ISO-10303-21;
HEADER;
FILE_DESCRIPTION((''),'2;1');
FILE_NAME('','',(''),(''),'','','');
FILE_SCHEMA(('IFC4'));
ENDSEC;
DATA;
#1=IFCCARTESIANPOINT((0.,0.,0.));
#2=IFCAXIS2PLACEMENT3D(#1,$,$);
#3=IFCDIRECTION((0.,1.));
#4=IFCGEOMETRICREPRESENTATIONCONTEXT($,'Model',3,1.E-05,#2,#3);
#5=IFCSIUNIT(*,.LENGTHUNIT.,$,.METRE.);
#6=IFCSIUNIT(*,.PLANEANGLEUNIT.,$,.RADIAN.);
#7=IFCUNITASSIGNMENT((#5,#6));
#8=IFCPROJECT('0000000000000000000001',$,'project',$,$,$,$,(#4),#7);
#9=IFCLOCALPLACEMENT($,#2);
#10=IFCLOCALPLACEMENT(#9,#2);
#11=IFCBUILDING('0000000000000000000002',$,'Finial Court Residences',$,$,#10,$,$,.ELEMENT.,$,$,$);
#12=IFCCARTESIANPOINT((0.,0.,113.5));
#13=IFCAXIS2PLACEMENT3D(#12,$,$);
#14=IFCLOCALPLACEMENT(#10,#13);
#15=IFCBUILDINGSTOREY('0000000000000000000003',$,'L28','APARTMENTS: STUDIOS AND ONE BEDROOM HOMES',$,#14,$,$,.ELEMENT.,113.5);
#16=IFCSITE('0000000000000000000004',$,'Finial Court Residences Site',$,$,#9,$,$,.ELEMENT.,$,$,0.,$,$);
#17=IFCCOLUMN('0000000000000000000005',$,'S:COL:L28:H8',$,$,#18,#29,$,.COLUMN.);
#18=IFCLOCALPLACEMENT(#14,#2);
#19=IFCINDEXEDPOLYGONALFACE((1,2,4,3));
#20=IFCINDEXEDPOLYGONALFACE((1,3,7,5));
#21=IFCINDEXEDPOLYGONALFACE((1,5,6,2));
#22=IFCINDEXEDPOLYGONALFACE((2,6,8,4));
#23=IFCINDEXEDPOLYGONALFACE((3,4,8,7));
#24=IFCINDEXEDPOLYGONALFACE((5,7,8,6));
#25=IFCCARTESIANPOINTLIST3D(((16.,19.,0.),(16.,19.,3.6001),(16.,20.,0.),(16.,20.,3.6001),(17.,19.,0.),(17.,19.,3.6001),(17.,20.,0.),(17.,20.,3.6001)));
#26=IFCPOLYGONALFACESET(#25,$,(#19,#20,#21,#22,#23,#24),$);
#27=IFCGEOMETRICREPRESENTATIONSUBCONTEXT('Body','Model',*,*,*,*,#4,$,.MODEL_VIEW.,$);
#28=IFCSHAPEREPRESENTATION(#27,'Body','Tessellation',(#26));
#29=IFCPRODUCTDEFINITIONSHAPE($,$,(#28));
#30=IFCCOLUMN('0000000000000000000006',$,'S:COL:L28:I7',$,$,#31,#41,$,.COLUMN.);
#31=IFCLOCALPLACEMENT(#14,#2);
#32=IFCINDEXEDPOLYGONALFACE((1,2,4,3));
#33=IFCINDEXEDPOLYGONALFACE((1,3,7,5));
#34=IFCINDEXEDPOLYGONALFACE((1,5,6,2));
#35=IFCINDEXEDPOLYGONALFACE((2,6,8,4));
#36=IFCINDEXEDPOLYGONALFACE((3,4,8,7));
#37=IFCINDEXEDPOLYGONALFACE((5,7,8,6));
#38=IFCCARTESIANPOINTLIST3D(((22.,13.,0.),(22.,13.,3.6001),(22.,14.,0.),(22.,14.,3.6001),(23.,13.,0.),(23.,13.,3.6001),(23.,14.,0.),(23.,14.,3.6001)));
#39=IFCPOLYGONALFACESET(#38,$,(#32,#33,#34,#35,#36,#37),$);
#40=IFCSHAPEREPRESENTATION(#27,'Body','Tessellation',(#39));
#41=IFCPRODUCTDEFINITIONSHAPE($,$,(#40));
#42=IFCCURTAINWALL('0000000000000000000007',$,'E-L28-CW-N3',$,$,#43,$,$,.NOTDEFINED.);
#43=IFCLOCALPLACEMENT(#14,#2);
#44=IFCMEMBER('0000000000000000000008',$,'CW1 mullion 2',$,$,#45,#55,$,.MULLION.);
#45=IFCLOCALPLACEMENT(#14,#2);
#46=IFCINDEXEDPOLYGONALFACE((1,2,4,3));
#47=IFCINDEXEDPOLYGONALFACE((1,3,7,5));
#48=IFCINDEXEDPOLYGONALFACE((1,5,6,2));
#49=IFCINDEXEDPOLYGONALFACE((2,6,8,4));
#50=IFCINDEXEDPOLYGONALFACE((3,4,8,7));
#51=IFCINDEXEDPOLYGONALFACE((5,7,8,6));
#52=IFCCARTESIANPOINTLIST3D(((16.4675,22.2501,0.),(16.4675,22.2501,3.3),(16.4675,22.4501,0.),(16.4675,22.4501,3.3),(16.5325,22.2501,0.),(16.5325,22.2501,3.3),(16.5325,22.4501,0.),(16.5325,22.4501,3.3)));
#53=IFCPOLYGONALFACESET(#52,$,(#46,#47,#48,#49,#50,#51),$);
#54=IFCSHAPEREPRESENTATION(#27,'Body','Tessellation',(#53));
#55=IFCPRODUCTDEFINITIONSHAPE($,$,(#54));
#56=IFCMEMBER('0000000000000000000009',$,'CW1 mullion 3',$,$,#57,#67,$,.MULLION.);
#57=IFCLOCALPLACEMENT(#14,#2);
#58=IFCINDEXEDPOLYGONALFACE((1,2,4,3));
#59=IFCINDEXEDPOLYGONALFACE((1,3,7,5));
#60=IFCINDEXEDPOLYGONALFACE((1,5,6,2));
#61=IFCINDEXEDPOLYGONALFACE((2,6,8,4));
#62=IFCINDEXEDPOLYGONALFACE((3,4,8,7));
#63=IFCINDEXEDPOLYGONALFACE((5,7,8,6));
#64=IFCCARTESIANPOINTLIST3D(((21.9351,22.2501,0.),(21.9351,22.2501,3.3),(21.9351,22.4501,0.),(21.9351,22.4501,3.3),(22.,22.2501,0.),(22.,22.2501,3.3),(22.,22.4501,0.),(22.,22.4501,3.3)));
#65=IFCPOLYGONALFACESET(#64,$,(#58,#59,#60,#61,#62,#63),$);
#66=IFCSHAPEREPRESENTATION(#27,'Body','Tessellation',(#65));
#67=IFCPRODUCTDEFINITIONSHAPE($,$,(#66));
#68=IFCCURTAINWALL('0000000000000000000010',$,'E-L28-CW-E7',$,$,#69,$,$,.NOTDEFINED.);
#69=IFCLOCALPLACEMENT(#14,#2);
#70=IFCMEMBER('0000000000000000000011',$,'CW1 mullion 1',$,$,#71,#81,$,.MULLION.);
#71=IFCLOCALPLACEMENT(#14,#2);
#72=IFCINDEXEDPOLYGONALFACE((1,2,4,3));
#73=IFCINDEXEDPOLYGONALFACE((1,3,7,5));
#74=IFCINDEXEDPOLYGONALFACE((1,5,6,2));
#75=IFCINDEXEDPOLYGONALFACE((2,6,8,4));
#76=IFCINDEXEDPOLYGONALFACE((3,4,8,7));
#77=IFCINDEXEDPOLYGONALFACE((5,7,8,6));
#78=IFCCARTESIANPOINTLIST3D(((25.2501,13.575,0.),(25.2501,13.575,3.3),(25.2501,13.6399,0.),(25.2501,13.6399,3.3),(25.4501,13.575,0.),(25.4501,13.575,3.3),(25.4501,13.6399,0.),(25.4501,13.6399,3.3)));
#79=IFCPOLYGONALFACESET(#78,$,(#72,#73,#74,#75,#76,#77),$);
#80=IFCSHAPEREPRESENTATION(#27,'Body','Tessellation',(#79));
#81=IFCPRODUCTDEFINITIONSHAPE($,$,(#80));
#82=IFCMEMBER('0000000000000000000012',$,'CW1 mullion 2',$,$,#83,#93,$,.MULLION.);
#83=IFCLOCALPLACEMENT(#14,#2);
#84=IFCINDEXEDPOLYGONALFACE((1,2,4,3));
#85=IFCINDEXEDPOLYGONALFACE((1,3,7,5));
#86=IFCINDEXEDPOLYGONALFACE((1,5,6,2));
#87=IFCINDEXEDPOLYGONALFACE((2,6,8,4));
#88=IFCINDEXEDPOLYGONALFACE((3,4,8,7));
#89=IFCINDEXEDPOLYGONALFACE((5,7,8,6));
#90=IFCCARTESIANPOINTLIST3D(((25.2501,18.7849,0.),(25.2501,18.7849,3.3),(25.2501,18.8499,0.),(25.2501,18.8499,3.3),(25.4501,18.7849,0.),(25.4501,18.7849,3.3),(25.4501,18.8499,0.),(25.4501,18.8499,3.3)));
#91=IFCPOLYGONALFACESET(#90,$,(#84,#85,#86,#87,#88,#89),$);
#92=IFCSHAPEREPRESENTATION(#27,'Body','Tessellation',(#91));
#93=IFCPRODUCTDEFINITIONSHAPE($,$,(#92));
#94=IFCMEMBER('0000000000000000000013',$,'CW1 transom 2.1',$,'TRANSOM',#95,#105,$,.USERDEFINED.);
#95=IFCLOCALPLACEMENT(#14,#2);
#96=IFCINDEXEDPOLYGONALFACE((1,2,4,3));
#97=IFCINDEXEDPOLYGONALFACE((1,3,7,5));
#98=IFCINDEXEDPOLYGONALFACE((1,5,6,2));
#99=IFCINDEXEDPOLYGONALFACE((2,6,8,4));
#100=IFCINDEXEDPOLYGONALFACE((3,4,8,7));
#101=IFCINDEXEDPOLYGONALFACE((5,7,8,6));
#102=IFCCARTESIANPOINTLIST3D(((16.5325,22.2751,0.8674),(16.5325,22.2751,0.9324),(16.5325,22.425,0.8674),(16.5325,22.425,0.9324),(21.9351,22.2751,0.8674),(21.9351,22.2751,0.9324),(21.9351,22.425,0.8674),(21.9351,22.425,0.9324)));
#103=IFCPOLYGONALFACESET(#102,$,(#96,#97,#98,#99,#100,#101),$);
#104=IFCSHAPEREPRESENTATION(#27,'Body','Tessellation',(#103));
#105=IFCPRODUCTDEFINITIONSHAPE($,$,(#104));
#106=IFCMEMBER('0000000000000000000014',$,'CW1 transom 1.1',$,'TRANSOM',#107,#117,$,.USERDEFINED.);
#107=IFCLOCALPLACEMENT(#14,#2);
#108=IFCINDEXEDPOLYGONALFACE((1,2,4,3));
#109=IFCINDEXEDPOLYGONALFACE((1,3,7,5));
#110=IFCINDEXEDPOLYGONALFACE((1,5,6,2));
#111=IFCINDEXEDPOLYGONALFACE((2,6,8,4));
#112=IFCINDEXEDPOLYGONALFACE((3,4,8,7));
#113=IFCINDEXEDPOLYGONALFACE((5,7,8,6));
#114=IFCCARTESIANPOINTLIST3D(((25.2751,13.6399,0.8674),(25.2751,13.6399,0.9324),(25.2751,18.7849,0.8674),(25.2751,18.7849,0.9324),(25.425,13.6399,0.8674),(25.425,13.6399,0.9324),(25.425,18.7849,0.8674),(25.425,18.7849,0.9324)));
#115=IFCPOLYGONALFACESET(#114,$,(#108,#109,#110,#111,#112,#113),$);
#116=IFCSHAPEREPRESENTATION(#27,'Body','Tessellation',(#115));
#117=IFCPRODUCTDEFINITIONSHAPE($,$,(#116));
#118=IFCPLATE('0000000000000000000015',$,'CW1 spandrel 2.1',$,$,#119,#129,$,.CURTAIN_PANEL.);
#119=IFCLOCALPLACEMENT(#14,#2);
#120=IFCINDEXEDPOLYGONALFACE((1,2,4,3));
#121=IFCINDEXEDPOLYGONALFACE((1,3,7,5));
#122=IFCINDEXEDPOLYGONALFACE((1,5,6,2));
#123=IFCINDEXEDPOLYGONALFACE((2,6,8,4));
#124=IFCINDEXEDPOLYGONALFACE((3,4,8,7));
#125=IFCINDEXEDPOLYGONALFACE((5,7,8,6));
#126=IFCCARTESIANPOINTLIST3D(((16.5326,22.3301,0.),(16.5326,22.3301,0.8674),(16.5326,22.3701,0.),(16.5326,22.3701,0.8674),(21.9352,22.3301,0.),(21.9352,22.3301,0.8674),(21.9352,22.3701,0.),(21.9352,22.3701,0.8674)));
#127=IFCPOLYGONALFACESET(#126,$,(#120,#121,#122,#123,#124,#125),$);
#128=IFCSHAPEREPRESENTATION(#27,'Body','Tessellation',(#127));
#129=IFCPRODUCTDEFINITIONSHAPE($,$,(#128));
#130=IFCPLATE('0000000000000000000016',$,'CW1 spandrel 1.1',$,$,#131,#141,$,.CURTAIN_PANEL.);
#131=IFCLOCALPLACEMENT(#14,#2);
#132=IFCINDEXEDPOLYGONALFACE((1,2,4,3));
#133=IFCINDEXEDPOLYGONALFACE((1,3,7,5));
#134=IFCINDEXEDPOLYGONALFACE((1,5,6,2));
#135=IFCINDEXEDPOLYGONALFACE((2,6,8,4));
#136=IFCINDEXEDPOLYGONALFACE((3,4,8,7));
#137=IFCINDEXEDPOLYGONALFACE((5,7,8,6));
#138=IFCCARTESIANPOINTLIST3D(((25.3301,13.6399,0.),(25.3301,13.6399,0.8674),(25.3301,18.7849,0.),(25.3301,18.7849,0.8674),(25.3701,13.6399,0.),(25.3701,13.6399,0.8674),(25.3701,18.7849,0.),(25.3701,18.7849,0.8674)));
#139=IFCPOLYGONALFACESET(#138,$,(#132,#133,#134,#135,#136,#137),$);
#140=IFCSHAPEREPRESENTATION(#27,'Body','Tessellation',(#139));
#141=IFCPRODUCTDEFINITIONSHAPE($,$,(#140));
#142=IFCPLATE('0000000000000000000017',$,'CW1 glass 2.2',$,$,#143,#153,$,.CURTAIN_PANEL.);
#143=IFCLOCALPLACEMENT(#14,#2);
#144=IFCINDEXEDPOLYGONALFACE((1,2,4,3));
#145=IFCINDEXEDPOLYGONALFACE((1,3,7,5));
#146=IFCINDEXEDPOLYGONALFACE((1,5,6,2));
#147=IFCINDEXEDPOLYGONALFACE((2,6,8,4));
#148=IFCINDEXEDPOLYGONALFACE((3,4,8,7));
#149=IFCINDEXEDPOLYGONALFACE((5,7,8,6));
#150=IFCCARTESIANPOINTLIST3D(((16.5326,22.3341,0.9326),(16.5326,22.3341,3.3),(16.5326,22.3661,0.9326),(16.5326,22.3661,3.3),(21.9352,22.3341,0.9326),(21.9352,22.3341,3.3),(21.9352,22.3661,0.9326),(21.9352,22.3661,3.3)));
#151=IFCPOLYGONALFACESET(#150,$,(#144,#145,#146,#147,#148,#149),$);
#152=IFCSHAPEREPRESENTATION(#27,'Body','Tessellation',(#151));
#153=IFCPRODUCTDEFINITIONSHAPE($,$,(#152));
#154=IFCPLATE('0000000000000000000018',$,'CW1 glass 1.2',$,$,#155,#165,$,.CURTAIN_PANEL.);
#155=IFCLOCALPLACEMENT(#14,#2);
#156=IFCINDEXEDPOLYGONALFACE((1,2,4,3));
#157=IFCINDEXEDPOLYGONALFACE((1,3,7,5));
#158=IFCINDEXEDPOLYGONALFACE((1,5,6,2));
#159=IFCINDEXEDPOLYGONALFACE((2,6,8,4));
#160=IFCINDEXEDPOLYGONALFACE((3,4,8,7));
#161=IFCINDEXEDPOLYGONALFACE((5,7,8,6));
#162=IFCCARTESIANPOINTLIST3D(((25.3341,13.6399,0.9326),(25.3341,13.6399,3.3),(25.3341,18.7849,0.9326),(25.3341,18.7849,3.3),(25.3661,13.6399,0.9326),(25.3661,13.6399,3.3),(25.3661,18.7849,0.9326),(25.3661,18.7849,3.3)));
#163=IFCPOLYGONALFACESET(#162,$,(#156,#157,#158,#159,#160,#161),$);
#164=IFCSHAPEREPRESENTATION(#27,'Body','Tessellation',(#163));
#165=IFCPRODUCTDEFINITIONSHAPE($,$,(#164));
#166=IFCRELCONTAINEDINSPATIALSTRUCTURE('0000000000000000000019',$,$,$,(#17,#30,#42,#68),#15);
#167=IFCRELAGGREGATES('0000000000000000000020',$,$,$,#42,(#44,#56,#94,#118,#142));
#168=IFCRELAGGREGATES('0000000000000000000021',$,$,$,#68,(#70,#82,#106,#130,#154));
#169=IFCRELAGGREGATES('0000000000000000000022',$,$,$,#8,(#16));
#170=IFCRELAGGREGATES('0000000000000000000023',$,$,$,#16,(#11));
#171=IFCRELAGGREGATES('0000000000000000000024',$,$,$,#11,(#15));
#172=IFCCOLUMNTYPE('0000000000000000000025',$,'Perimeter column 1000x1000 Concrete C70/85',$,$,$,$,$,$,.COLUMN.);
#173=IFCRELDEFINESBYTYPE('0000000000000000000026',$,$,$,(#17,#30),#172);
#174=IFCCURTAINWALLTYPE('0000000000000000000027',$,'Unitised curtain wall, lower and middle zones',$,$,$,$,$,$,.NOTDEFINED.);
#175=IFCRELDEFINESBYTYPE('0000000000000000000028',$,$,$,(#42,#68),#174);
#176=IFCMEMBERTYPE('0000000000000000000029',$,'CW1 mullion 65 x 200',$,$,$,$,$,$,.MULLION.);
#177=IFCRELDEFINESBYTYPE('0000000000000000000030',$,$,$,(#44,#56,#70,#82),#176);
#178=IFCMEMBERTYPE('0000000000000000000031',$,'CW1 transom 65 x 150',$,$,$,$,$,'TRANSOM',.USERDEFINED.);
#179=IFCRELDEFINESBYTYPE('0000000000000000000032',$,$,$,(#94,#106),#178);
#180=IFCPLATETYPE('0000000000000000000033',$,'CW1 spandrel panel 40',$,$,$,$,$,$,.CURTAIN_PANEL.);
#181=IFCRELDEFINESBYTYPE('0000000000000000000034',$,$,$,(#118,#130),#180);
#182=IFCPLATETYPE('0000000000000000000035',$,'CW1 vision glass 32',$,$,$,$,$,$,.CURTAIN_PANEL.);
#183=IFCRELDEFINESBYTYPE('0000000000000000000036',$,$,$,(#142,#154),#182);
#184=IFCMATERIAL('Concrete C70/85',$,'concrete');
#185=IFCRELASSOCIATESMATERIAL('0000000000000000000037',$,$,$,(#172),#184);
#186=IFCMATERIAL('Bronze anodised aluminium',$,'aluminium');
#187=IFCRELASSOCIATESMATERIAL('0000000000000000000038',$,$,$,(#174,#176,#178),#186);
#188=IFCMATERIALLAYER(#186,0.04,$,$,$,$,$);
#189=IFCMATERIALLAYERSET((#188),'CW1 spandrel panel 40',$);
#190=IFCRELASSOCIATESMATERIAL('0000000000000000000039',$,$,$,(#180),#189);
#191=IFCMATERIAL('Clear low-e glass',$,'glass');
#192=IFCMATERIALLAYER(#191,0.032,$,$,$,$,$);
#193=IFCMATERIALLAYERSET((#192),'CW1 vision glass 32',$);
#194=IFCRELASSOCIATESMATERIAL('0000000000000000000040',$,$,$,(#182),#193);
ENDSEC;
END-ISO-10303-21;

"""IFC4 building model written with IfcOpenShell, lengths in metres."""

from ifc_helpers import new_model, si_unit, direction, frame, origin, origin_2d, place, context, subcontext, project, spatial, rectangle, extrude, material, layer, layer_set, material_profile, profile_set, type_object, element, aggregate, save


model = new_model("IFC4")

# Units and contexts
model_context = context("Model", 3, precision=1e-05, world=origin(), true_north=direction((0.0, 1.0)))
body_context = subcontext(model_context, "Body", "Model", "MODEL_VIEW")
ifc_project = project(units=[si_unit("LENGTHUNIT", "METRE"), si_unit("PLANEANGLEUNIT", "RADIAN")], contexts=[model_context])

# Site, building, storey
site_placement = place(None, origin())
site = spatial("IfcSite", under=ifc_project, at=site_placement, Name="Finial Court Residences Site", CompositionType="ELEMENT", RefElevation=0.0)
building_placement = place(site_placement, origin())
building = spatial("IfcBuilding", under=site, at=building_placement, Name="Finial Court Residences", CompositionType="ELEMENT")
storey_placement = place(building_placement, frame((0.0, 0.0, 113.5)))
storey = spatial("IfcBuildingStorey", under=building, at=storey_placement, Name="L28", Description="APARTMENTS: STUDIOS AND ONE BEDROOM HOMES", CompositionType="ELEMENT", Elevation=113.5)

# Columns
ifc_material_1 = material(Name="Concrete C70/85", Category="concrete")
ifc_material_profile_1 = material_profile(ifc_material_1, rectangle(XDim=1.0, YDim=1.0, at=origin_2d()), Name="1000x1000")
ifc_profile_set_1 = profile_set([ifc_material_profile_1], Name="Concrete C70/85")
column_type = type_object("IfcColumnType", Name="Perimeter column 1000x1000 Concrete C70/85", PredefinedType="COLUMN", material=ifc_profile_set_1)
for number, where, z_axis, x_axis, name in (
    (1, (16.5, 19.5, 0.0), (0.0, 0.0, 1.0), (1.0, 0.0, 0.0), "S:COL:L28:H8"),
    (2, (22.5, 13.5, 0.0), (0.0, 0.0, 1.0), (1.0, 0.0, 0.0), "S:COL:L28:I7"),
):
    element("IfcColumn", number, at=place(storey_placement, frame(where, z_axis=z_axis, x_axis=x_axis)), inside=storey, type_object=column_type, Name=name, PredefinedType="COLUMN", context=body_context, shape_type="SweptSolid", body=[
        extrude(rectangle(XDim=1.0, YDim=1.0, at=origin_2d()), origin(), (0.0, 0.0, 1.0), 3.6001),
    ])

# Curtain walls, members
ifc_material_2 = material(Name="Bronze anodised aluminium", Category="aluminium")
curtain_wall_type = type_object("IfcCurtainWallType", Name="Unitised curtain wall, lower and middle zones", PredefinedType="NOTDEFINED", material=ifc_material_2)
curtain_wall_1_placement = place(storey_placement, origin())
curtain_wall_1 = element("IfcCurtainWall", 3, at=curtain_wall_1_placement, inside=storey, type_object=curtain_wall_type, Name="E-L28-CW-N3", PredefinedType="NOTDEFINED")
ifc_material_profile_2 = material_profile(ifc_material_2, rectangle(XDim=0.2, YDim=0.0649, at=origin_2d()), Name="CW1 mullion 65 x 200")
ifc_profile_set_2 = profile_set([ifc_material_profile_2], Name="Bronze anodised aluminium")
member_type_1 = type_object("IfcMemberType", Name="CW1 mullion 65 x 200", PredefinedType="MULLION", material=ifc_profile_set_2)
member_1_placement = place(storey_placement, frame((16.5, 22.3501, 0.0), z_axis=(0.0, 0.0, 1.0), x_axis=(0.0, 1.0, 0.0)))
member_1 = element("IfcMember", 4, at=member_1_placement, type_object=member_type_1, Name="CW1 mullion 2", PredefinedType="MULLION", context=body_context, shape_type="SweptSolid", body=[
    extrude(rectangle(XDim=0.2, YDim=0.0649, at=origin_2d()), origin(), (0.0, 0.0, 1.0), 3.3),
])
member_2_placement = place(storey_placement, frame((21.9675, 22.3501, 0.0), z_axis=(0.0, 0.0, 1.0), x_axis=(0.0, 1.0, 0.0)))
member_2 = element("IfcMember", 5, at=member_2_placement, type_object=member_type_1, Name="CW1 mullion 3", PredefinedType="MULLION", context=body_context, shape_type="SweptSolid", body=[
    extrude(rectangle(XDim=0.2, YDim=0.0649, at=origin_2d()), origin(), (0.0, 0.0, 1.0), 3.3),
])
curtain_wall_2_placement = place(storey_placement, origin())
curtain_wall_2 = element("IfcCurtainWall", 6, at=curtain_wall_2_placement, inside=storey, type_object=curtain_wall_type, Name="E-L28-CW-E7", PredefinedType="NOTDEFINED")
member_3_placement = place(storey_placement, frame((25.3501, 13.6074, 0.0), z_axis=(0.0, 0.0, 1.0), x_axis=(-1.0, 0.0, 0.0)))
member_3 = element("IfcMember", 7, at=member_3_placement, type_object=member_type_1, Name="CW1 mullion 1", PredefinedType="MULLION", context=body_context, shape_type="SweptSolid", body=[
    extrude(rectangle(XDim=0.2, YDim=0.0649, at=origin_2d()), origin(), (0.0, 0.0, 1.0), 3.3),
])
member_4_placement = place(storey_placement, frame((25.3501, 18.8174, 0.0), z_axis=(0.0, 0.0, 1.0), x_axis=(-1.0, 0.0, 0.0)))
member_4 = element("IfcMember", 8, at=member_4_placement, type_object=member_type_1, Name="CW1 mullion 2", PredefinedType="MULLION", context=body_context, shape_type="SweptSolid", body=[
    extrude(rectangle(XDim=0.2, YDim=0.0649, at=origin_2d()), origin(), (0.0, 0.0, 1.0), 3.3),
])

# Members
ifc_material_profile_3 = material_profile(ifc_material_2, rectangle(XDim=0.1499, YDim=0.0649, at=origin_2d()), Name="CW1 transom 65 x 150")
ifc_profile_set_3 = profile_set([ifc_material_profile_3], Name="Bronze anodised aluminium")
member_type_2 = type_object("IfcMemberType", Name="CW1 transom 65 x 150", ElementType="TRANSOM", PredefinedType="USERDEFINED", material=ifc_profile_set_3)
member_5_placement = place(storey_placement, frame((16.5325, 22.3501, 0.8999), z_axis=(1.0, 0.0, 0.0), x_axis=(0.0, 1.0, 0.0)))
member_5 = element("IfcMember", 9, at=member_5_placement, type_object=member_type_2, Name="CW1 transom 2.1", ObjectType="TRANSOM", PredefinedType="USERDEFINED", context=body_context, shape_type="SweptSolid", body=[
    extrude(rectangle(XDim=0.1499, YDim=0.0649, at=origin_2d()), origin(), (0.0, 0.0, 1.0), 5.4026),
])
member_6_placement = place(storey_placement, frame((25.3501, 13.6399, 0.8999), z_axis=(0.0, 1.0, 0.0), x_axis=(-1.0, 0.0, 0.0)))
member_6 = element("IfcMember", 10, at=member_6_placement, type_object=member_type_2, Name="CW1 transom 1.1", ObjectType="TRANSOM", PredefinedType="USERDEFINED", context=body_context, shape_type="SweptSolid", body=[
    extrude(rectangle(XDim=0.1499, YDim=0.0649, at=origin_2d()), origin(), (0.0, 0.0, 1.0), 5.145),
])

# Plates
ifc_layer_1 = layer(ifc_material_2, 0.04)
ifc_layer_set_1 = layer_set([ifc_layer_1], Name="CW1 spandrel panel 40")
plate_type_1 = type_object("IfcPlateType", Name="CW1 spandrel panel 40", PredefinedType="CURTAIN_PANEL", material=ifc_layer_set_1)
plate_1_placement = place(storey_placement, frame((19.2339, 22.3501, 0.0), z_axis=(0.0, 0.0, 1.0), x_axis=(1.0, 0.0, 0.0)))
plate_1 = element("IfcPlate", 11, at=plate_1_placement, type_object=plate_type_1, Name="CW1 spandrel 2.1", PredefinedType="CURTAIN_PANEL", context=body_context, shape_type="SweptSolid", body=[
    extrude(rectangle(XDim=5.4026, YDim=0.04, at=origin_2d()), origin(), (0.0, 0.0, 1.0), 0.8674),
])
plate_2_placement = place(storey_placement, frame((25.3501, 16.2124, 0.0), z_axis=(0.0, 0.0, 1.0), x_axis=(0.0, 1.0, 0.0)))
plate_2 = element("IfcPlate", 12, at=plate_2_placement, type_object=plate_type_1, Name="CW1 spandrel 1.1", PredefinedType="CURTAIN_PANEL", context=body_context, shape_type="SweptSolid", body=[
    extrude(rectangle(XDim=5.145, YDim=0.04, at=origin_2d()), origin(), (0.0, 0.0, 1.0), 0.8674),
])
ifc_material_3 = material(Name="Clear low-e glass", Category="glass")
ifc_layer_2 = layer(ifc_material_3, 0.032)
ifc_layer_set_2 = layer_set([ifc_layer_2], Name="CW1 vision glass 32")
plate_type_2 = type_object("IfcPlateType", Name="CW1 vision glass 32", PredefinedType="CURTAIN_PANEL", material=ifc_layer_set_2)
plate_3_placement = place(storey_placement, frame((19.2339, 22.3501, 0.9326), z_axis=(0.0, 0.0, 1.0), x_axis=(1.0, 0.0, 0.0)))
plate_3 = element("IfcPlate", 13, at=plate_3_placement, type_object=plate_type_2, Name="CW1 glass 2.2", PredefinedType="CURTAIN_PANEL", context=body_context, shape_type="SweptSolid", body=[
    extrude(rectangle(XDim=5.4026, YDim=0.032, at=origin_2d()), origin(), (0.0, 0.0, 1.0), 2.3674),
])
aggregate(curtain_wall_1, [member_1, member_2, member_5, plate_1, plate_3])
plate_4_placement = place(storey_placement, frame((25.3501, 16.2124, 0.9326), z_axis=(0.0, 0.0, 1.0), x_axis=(0.0, 1.0, 0.0)))
plate_4 = element("IfcPlate", 14, at=plate_4_placement, type_object=plate_type_2, Name="CW1 glass 1.2", PredefinedType="CURTAIN_PANEL", context=body_context, shape_type="SweptSolid", body=[
    extrude(rectangle(XDim=5.145, YDim=0.032, at=origin_2d()), origin(), (0.0, 0.0, 1.0), 2.3674),
])
aggregate(curtain_wall_2, [member_3, member_4, member_6, plate_2, plate_4])

save(model, "model.ifc")
